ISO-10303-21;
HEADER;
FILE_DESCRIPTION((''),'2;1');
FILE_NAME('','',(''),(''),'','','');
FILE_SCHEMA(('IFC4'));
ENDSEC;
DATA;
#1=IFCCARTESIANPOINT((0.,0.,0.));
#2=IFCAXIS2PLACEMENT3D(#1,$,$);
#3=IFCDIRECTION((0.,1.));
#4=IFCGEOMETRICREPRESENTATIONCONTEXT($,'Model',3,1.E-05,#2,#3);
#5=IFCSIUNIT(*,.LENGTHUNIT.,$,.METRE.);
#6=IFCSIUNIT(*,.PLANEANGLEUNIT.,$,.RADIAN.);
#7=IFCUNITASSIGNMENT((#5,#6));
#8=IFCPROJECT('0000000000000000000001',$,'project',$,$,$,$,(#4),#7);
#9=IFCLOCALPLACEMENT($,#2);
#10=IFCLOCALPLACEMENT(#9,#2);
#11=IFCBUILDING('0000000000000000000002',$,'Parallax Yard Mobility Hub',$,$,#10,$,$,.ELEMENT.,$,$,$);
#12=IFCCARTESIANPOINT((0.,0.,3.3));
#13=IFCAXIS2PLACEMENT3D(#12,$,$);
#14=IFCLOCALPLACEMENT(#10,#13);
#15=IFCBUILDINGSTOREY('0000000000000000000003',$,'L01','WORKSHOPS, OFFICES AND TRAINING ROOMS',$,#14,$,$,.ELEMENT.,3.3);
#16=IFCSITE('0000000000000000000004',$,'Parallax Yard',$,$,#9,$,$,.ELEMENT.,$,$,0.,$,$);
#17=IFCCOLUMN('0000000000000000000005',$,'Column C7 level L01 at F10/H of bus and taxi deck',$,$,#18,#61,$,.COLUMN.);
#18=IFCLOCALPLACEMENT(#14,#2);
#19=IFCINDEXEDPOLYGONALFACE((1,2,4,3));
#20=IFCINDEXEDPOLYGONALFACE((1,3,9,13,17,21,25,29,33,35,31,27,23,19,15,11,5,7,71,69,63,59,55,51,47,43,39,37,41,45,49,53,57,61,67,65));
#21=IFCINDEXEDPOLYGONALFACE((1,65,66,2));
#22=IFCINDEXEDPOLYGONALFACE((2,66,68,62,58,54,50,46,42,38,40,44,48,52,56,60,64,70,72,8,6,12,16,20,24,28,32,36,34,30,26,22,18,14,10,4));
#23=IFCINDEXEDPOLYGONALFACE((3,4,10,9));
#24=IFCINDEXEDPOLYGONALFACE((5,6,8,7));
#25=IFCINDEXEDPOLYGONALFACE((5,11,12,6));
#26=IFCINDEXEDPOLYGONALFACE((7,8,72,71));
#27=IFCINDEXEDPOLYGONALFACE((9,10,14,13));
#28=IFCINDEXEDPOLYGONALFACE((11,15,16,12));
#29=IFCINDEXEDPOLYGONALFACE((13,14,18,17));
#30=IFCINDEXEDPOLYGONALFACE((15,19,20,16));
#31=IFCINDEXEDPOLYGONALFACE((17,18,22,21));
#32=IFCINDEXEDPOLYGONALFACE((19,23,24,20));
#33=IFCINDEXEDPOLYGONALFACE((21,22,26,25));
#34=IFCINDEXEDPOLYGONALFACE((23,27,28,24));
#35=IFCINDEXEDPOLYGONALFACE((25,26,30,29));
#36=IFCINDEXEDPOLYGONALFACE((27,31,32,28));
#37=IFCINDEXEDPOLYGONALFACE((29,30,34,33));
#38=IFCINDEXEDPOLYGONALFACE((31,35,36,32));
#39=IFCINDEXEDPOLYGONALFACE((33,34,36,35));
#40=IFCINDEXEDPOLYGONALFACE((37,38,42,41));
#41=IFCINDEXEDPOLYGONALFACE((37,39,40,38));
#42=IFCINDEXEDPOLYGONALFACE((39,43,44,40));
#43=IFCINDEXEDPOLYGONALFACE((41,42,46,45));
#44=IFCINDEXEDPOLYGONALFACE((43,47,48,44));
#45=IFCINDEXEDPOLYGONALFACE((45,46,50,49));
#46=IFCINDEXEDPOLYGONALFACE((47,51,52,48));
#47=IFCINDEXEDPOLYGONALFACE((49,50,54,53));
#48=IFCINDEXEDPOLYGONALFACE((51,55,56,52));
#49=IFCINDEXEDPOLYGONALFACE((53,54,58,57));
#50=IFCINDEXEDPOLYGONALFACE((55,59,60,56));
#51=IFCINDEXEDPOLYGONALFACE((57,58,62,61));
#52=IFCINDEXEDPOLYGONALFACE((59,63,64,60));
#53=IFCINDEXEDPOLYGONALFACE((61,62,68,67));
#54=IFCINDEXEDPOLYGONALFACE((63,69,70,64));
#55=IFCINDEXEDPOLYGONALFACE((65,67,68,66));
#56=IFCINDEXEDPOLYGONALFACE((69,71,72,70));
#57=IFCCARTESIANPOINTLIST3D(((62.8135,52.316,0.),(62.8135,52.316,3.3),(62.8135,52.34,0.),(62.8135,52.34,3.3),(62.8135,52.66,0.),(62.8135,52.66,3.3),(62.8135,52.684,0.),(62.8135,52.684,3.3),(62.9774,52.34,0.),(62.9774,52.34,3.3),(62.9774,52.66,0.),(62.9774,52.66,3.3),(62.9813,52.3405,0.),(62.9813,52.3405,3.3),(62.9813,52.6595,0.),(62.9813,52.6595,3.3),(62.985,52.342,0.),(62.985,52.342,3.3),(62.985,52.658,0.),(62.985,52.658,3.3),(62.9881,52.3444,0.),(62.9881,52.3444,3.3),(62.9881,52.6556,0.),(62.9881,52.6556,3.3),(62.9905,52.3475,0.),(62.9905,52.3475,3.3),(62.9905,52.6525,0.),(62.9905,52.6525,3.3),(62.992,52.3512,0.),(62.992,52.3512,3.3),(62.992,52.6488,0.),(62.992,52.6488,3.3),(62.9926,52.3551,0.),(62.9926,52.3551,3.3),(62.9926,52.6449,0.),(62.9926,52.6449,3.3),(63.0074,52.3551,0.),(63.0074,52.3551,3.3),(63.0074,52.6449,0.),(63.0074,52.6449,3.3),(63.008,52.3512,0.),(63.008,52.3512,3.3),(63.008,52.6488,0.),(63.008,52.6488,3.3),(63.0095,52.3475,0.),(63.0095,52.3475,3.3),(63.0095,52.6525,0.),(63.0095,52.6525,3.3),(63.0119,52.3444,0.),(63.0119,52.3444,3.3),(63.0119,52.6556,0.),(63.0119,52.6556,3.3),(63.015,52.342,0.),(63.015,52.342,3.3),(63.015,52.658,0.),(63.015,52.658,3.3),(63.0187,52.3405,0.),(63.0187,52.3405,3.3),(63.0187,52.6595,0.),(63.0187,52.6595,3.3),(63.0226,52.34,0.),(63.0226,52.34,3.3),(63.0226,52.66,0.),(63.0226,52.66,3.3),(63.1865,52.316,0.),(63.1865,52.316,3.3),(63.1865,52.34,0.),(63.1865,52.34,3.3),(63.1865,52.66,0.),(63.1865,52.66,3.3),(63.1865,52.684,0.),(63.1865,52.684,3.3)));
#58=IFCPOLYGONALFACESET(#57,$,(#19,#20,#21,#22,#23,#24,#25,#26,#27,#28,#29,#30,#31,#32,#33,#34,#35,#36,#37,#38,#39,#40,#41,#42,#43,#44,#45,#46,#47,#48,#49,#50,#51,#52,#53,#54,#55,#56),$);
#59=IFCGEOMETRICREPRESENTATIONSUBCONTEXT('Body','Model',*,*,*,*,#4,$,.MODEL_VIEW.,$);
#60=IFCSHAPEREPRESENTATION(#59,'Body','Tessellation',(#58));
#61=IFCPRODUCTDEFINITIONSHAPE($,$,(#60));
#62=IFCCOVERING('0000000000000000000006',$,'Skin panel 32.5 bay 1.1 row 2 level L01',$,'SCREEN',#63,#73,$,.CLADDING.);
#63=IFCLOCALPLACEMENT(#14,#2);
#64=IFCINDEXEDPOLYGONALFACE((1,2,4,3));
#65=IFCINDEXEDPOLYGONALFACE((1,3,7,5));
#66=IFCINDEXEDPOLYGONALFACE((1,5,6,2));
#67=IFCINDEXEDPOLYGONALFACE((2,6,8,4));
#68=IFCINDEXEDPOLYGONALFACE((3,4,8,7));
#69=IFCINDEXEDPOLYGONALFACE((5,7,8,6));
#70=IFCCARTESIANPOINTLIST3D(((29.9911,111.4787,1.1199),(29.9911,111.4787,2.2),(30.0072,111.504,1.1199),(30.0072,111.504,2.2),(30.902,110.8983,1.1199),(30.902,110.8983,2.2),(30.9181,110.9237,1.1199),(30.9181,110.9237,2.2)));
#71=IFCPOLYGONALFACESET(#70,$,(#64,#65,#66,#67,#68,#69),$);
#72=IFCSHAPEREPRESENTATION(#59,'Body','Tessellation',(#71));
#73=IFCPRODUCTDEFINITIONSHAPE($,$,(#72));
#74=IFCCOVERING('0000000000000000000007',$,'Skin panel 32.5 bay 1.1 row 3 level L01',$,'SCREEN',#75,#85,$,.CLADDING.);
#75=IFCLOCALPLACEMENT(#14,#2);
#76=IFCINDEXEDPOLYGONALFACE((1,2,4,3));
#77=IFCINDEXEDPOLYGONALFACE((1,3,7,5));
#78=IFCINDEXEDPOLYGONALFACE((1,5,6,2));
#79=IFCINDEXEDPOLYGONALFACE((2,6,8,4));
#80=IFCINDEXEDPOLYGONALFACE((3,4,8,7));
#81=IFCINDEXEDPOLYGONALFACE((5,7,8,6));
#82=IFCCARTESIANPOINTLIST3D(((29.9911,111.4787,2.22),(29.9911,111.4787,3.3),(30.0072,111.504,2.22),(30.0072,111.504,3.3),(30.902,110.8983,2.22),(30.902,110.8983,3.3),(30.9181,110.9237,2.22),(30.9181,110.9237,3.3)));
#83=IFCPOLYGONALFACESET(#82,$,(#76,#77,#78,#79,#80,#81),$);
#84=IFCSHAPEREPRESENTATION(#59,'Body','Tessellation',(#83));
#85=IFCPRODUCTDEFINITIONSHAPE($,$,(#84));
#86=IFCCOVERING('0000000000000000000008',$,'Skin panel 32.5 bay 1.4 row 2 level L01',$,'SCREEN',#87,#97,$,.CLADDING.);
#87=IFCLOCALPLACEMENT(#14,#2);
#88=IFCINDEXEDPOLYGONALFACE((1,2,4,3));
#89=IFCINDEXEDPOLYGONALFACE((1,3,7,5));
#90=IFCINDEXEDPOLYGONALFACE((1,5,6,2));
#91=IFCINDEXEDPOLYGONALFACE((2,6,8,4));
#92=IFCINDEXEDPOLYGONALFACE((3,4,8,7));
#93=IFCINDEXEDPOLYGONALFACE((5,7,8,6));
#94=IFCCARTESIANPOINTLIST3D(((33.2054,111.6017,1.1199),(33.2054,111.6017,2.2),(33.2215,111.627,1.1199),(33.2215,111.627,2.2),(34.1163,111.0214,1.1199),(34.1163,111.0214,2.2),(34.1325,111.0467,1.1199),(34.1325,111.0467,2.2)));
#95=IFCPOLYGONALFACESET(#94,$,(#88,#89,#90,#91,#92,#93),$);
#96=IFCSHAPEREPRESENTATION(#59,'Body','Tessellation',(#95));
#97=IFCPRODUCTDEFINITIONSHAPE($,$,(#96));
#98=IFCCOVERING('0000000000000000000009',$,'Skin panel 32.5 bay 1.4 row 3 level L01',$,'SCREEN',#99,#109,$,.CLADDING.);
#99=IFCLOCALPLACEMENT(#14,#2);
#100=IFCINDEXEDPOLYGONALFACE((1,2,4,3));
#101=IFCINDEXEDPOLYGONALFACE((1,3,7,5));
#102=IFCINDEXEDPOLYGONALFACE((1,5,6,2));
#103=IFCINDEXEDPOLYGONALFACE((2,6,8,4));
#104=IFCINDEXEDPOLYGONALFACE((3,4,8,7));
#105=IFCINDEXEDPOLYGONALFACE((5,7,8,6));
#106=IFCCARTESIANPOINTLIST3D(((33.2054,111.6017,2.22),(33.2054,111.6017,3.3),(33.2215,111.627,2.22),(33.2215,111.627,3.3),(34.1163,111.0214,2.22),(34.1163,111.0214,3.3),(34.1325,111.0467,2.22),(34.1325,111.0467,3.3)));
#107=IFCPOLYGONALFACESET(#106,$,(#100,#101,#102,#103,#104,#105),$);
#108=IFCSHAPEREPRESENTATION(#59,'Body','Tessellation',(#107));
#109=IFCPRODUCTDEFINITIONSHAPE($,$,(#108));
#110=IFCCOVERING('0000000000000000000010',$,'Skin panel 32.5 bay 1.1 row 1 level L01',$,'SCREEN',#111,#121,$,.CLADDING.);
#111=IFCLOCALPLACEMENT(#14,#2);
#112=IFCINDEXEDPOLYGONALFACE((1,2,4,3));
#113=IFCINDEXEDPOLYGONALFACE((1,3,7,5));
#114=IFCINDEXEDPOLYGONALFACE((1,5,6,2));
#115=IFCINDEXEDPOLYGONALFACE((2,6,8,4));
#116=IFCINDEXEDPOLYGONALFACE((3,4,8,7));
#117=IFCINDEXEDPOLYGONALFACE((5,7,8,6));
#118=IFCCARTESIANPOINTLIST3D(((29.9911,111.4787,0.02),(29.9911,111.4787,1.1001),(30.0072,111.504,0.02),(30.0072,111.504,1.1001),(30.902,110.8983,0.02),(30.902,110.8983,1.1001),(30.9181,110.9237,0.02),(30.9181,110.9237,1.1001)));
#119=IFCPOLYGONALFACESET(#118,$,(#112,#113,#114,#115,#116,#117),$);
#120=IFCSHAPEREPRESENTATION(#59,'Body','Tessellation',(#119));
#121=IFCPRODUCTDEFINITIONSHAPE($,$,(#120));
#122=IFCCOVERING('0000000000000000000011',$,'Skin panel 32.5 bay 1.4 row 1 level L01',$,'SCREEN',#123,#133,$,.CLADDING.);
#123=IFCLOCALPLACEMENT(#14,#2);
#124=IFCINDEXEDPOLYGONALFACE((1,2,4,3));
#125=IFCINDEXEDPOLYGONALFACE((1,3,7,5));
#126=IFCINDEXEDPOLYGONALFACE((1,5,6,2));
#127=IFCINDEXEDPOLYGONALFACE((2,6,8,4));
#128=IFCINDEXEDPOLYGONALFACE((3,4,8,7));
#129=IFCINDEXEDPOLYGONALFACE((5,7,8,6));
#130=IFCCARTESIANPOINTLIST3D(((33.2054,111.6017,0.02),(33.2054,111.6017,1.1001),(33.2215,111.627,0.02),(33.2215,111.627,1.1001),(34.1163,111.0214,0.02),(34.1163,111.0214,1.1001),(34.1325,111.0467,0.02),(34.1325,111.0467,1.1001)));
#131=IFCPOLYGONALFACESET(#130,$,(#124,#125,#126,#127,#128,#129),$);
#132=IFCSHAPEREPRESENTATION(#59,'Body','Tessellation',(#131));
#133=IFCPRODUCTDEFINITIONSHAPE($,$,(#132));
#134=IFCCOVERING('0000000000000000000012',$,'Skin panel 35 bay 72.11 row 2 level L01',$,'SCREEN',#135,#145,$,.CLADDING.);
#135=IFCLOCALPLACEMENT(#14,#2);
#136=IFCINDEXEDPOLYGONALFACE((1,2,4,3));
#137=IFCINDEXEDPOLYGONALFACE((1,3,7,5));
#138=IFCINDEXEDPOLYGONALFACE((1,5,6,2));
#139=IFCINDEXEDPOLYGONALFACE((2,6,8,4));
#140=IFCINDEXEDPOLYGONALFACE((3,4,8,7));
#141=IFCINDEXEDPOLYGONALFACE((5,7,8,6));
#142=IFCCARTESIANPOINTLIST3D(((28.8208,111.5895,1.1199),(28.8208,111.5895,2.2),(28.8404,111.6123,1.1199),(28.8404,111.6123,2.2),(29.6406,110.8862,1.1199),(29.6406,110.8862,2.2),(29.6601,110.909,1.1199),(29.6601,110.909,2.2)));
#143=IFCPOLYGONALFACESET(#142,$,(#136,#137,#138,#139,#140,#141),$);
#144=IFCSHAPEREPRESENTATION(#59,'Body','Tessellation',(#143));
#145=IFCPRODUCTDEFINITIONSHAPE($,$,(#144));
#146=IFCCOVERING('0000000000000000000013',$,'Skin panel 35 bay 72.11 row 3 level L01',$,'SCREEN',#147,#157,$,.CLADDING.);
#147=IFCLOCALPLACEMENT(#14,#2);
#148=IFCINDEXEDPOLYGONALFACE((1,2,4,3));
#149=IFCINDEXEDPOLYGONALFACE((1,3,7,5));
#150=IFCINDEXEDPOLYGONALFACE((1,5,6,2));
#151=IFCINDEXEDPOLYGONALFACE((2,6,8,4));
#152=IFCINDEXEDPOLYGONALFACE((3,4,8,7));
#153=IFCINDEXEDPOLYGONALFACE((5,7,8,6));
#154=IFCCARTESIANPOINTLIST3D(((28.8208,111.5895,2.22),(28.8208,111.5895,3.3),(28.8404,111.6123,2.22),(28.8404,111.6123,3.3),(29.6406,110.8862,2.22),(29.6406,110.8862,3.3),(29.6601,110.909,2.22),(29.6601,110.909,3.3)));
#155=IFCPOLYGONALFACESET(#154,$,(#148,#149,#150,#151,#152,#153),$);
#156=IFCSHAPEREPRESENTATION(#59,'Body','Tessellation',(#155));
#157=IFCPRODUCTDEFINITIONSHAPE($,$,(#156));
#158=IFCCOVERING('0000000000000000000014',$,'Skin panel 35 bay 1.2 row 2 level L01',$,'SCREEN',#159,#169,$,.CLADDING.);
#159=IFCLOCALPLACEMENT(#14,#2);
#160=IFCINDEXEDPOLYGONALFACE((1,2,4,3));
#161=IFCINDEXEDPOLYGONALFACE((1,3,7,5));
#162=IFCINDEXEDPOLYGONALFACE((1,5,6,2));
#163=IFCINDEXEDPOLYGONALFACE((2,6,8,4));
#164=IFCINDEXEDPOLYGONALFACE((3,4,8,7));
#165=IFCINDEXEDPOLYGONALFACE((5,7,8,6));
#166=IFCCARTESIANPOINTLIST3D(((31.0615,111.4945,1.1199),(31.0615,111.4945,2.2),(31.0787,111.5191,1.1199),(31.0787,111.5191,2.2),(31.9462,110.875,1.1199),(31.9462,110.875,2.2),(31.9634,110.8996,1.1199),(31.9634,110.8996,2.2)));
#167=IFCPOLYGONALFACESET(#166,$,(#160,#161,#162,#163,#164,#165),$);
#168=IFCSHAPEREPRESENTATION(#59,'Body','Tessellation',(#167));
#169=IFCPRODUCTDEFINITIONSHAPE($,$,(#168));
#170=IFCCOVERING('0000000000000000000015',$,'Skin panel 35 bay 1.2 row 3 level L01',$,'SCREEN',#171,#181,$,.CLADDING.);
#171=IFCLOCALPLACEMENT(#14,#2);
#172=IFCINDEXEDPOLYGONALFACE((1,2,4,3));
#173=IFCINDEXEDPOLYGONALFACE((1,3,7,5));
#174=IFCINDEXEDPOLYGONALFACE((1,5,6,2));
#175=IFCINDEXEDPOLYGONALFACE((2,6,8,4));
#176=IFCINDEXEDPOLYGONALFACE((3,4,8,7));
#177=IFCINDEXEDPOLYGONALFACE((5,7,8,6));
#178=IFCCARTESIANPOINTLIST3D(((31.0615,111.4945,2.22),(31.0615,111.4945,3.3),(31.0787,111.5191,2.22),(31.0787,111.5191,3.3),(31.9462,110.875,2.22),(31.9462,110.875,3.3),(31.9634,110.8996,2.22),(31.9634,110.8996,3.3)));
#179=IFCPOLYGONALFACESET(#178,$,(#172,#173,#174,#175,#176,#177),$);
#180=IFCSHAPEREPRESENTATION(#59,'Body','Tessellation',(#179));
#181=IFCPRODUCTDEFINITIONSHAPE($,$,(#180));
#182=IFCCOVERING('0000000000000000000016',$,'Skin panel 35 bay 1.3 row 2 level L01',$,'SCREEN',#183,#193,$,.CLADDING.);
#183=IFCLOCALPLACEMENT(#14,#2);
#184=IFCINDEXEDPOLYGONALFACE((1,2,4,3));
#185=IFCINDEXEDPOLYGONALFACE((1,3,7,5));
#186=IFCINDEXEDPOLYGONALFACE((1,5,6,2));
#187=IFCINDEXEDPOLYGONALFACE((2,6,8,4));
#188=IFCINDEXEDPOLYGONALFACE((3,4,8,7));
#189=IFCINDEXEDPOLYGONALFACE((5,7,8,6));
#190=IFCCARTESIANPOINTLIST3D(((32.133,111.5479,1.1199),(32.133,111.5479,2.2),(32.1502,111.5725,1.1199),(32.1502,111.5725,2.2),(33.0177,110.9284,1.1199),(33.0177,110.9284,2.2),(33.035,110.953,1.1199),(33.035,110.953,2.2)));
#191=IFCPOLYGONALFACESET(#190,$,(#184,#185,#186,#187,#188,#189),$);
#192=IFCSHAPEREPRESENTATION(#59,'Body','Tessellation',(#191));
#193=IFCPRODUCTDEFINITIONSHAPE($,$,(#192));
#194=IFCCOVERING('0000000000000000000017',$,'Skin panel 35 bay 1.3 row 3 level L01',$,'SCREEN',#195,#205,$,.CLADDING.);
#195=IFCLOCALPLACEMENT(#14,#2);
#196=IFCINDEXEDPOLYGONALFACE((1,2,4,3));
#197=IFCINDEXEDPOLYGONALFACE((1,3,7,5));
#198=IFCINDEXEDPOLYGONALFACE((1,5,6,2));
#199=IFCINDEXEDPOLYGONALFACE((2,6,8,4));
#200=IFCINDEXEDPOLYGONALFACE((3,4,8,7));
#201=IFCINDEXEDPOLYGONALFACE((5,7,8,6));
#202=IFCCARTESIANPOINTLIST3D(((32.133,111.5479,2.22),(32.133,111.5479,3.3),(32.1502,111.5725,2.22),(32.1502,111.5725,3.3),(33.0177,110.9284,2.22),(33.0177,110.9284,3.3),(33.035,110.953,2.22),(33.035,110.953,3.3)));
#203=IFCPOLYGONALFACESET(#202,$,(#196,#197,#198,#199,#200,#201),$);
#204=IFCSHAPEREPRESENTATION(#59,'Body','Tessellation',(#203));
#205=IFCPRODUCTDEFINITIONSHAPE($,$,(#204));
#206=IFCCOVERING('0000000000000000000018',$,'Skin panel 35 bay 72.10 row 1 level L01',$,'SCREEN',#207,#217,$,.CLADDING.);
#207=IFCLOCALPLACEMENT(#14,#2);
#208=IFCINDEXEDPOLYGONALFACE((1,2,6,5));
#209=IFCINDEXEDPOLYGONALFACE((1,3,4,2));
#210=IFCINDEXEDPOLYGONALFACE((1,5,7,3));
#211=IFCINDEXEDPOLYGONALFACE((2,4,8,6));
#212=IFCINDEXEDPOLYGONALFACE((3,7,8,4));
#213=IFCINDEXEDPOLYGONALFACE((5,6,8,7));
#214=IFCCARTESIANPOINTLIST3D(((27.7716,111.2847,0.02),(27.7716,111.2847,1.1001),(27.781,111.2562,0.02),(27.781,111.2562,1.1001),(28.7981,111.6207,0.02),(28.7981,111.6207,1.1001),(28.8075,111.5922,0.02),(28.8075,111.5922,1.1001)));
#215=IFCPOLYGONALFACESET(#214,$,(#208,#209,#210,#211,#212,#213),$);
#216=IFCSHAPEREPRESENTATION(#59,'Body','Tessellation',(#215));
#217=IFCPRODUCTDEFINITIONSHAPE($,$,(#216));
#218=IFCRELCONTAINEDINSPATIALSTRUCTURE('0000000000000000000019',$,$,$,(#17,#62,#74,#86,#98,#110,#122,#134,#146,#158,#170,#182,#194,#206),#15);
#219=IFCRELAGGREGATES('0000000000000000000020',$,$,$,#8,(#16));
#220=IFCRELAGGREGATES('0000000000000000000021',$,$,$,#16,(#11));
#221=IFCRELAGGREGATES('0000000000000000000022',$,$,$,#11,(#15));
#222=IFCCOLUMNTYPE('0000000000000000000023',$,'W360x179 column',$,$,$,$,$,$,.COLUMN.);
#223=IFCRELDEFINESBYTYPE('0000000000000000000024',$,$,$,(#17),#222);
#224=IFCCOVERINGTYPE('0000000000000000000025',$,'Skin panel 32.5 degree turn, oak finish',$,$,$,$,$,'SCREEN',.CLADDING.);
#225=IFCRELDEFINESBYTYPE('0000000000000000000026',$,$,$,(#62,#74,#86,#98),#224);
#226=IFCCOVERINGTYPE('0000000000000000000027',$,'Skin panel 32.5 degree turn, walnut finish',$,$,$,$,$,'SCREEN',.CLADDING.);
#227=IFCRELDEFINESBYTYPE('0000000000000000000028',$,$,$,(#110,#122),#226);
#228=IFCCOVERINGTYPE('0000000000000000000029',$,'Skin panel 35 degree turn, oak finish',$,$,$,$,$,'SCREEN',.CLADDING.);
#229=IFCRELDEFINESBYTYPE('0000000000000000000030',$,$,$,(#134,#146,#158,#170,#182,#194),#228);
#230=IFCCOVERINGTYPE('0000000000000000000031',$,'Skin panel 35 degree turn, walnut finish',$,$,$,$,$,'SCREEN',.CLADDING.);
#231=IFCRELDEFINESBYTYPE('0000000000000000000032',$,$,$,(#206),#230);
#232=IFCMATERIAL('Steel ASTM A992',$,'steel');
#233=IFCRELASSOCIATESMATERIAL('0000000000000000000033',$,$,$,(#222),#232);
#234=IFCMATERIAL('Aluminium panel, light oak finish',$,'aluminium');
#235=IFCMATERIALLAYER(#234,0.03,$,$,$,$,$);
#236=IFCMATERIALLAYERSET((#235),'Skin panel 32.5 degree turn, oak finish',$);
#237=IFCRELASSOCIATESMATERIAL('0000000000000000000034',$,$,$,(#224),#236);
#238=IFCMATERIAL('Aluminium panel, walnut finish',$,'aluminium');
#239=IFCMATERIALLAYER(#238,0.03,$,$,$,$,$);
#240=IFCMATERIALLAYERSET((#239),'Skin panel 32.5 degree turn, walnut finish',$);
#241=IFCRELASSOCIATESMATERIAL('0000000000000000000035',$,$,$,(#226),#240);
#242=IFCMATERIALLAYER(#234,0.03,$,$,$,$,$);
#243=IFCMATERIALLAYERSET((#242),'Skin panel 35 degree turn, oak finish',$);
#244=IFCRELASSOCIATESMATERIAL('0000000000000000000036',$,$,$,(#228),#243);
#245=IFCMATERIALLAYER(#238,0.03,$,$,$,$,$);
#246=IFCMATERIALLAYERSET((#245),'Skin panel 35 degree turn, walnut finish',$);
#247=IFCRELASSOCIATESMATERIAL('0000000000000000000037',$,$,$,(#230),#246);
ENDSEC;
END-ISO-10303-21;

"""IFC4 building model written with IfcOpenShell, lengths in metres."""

from ifc_helpers import new_model, si_unit, direction, frame, origin, origin_2d, place, context, subcontext, project, spatial, rectangle, i_section, extrude, material, layer, layer_set, material_profile, profile_set, type_object, element, save


model = new_model("IFC4")

# Units and contexts
model_context = context("Model", 3, precision=1e-05, world=origin(), true_north=direction((0.0, 1.0)))
body_context = subcontext(model_context, "Body", "Model", "MODEL_VIEW")
ifc_project = project(units=[si_unit("LENGTHUNIT", "METRE"), si_unit("PLANEANGLEUNIT", "RADIAN")], contexts=[model_context])

# Site, building, storey
site_placement = place(None, origin())
site = spatial("IfcSite", under=ifc_project, at=site_placement, Name="Parallax Yard", CompositionType="ELEMENT", RefElevation=0.0)
building_placement = place(site_placement, origin())
building = spatial("IfcBuilding", under=site, at=building_placement, Name="Parallax Yard Mobility Hub", CompositionType="ELEMENT")
storey_placement = place(building_placement, frame((0.0, 0.0, 3.3)))
storey = spatial("IfcBuildingStorey", under=building, at=storey_placement, Name="L01", Description="WORKSHOPS, OFFICES AND TRAINING ROOMS", CompositionType="ELEMENT", Elevation=3.3)

# Column
ifc_material_1 = material(Name="Steel ASTM A992", Category="steel")
ifc_material_profile = material_profile(ifc_material_1, i_section(OverallWidth=0.373, OverallDepth=0.3679, WebThickness=0.0149, FlangeThickness=0.0239, FilletRadius=0.0151, at=origin_2d()), Name="W360x179")
ifc_profile_set = profile_set([ifc_material_profile], Name="Steel ASTM A992")
column_type = type_object("IfcColumnType", Name="W360x179 column", PredefinedType="COLUMN", material=ifc_profile_set)
column_placement = place(storey_placement, frame((63.0, 52.5, 0.0), z_axis=(0.0, 0.0, 1.0), x_axis=(1.0, 0.0, 0.0)))
element("IfcColumn", 1, at=column_placement, inside=storey, type_object=column_type, Name="Column C7 level L01 at F10/H of bus and taxi deck", PredefinedType="COLUMN", context=body_context, shape_type="SweptSolid", body=[
    extrude(i_section(OverallWidth=0.373, OverallDepth=0.3679, WebThickness=0.0149, FlangeThickness=0.0239, FilletRadius=0.0151, at=origin_2d()), origin(), (0.0, 0.0, 1.0), 3.3),
])

# Coverings
ifc_material_2 = material(Name="Aluminium panel, light oak finish", Category="aluminium")
ifc_layer_1 = layer(ifc_material_2, 0.03)
ifc_layer_set_1 = layer_set([ifc_layer_1], Name="Skin panel 32.5 degree turn, oak finish")
covering_type_1 = type_object("IfcCoveringType", Name="Skin panel 32.5 degree turn, oak finish", ElementType="SCREEN", PredefinedType="CLADDING", material=ifc_layer_set_1)
for number, where, z_axis, x_axis, name in (
    (2, (30.4546, 111.2012, 1.1199), (0.0, 0.0, 1.0), (0.843391, -0.5373, 0.0), "Skin panel 32.5 bay 1.1 row 2 level L01"),
    (3, (30.4546, 111.2012, 2.22), (0.0, 0.0, 1.0), (0.843391, -0.5373, 0.0), "Skin panel 32.5 bay 1.1 row 3 level L01"),
    (4, (33.6689, 111.3242, 1.1199), (0.0, 0.0, 1.0), (0.843391, -0.5373, 0.0), "Skin panel 32.5 bay 1.4 row 2 level L01"),
    (5, (33.6689, 111.3242, 2.22), (0.0, 0.0, 1.0), (0.843391, -0.5373, 0.0), "Skin panel 32.5 bay 1.4 row 3 level L01"),
):
    element("IfcCovering", number, at=place(storey_placement, frame(where, z_axis=z_axis, x_axis=x_axis)), inside=storey, type_object=covering_type_1, Name=name, ObjectType="SCREEN", PredefinedType="CLADDING", context=body_context, shape_type="SweptSolid", body=[
        extrude(rectangle(XDim=1.0801, YDim=0.03, at=origin_2d()), origin(), (0.0, 0.0, 1.0), 1.0801),
    ])
ifc_material_3 = material(Name="Aluminium panel, walnut finish", Category="aluminium")
ifc_layer_2 = layer(ifc_material_3, 0.03)
ifc_layer_set_2 = layer_set([ifc_layer_2], Name="Skin panel 32.5 degree turn, walnut finish")
covering_type_2 = type_object("IfcCoveringType", Name="Skin panel 32.5 degree turn, walnut finish", ElementType="SCREEN", PredefinedType="CLADDING", material=ifc_layer_set_2)
for number, where, z_axis, x_axis, name in (
    (6, (30.4546, 111.2012, 0.02), (0.0, 0.0, 1.0), (0.843391, -0.5373, 0.0), "Skin panel 32.5 bay 1.1 row 1 level L01"),
    (7, (33.6689, 111.3242, 0.02), (0.0, 0.0, 1.0), (0.843391, -0.5373, 0.0), "Skin panel 32.5 bay 1.4 row 1 level L01"),
):
    element("IfcCovering", number, at=place(storey_placement, frame(where, z_axis=z_axis, x_axis=x_axis)), inside=storey, type_object=covering_type_2, Name=name, ObjectType="SCREEN", PredefinedType="CLADDING", context=body_context, shape_type="SweptSolid", body=[
        extrude(rectangle(XDim=1.0801, YDim=0.03, at=origin_2d()), origin(), (0.0, 0.0, 1.0), 1.0801),
    ])
ifc_layer_3 = layer(ifc_material_2, 0.03)
ifc_layer_set_3 = layer_set([ifc_layer_3], Name="Skin panel 35 degree turn, oak finish")
covering_type_3 = type_object("IfcCoveringType", Name="Skin panel 35 degree turn, oak finish", ElementType="SCREEN", PredefinedType="CLADDING", material=ifc_layer_set_3)
for number, where, z_axis, x_axis, name in (
    (8, (29.2405, 111.2493, 1.1199), (0.0, 0.0, 1.0), (0.758987, -0.651105, 0.0), "Skin panel 35 bay 72.11 row 2 level L01"),
    (9, (29.2405, 111.2493, 2.22), (0.0, 0.0, 1.0), (0.758987, -0.651105, 0.0), "Skin panel 35 bay 72.11 row 3 level L01"),
    (10, (31.5125, 111.197, 1.1199), (0.0, 0.0, 1.0), (0.819152, -0.573576, 0.0), "Skin panel 35 bay 1.2 row 2 level L01"),
    (11, (31.5125, 111.197, 2.22), (0.0, 0.0, 1.0), (0.819152, -0.573576, 0.0), "Skin panel 35 bay 1.2 row 3 level L01"),
    (12, (32.584, 111.2505, 1.1199), (0.0, 0.0, 1.0), (0.819152, -0.573576, 0.0), "Skin panel 35 bay 1.3 row 2 level L01"),
    (13, (32.584, 111.2505, 2.22), (0.0, 0.0, 1.0), (0.819152, -0.573576, 0.0), "Skin panel 35 bay 1.3 row 3 level L01"),
):
    element("IfcCovering", number, at=place(storey_placement, frame(where, z_axis=z_axis, x_axis=x_axis)), inside=storey, type_object=covering_type_3, Name=name, ObjectType="SCREEN", PredefinedType="CLADDING", context=body_context, shape_type="SweptSolid", body=[
        extrude(rectangle(XDim=1.0801, YDim=0.03, at=origin_2d()), origin(), (0.0, 0.0, 1.0), 1.0801),
    ])
ifc_layer_4 = layer(ifc_material_3, 0.03)
ifc_layer_set_4 = layer_set([ifc_layer_4], Name="Skin panel 35 degree turn, walnut finish")
covering_type_4 = type_object("IfcCoveringType", Name="Skin panel 35 degree turn, walnut finish", ElementType="SCREEN", PredefinedType="CLADDING", material=ifc_layer_set_4)
for number, where, z_axis, x_axis, name in (
    (14, (28.2896, 111.4385, 0.02), (0.0, 0.0, 1.0), (-0.95038, -0.311091, 0.0), "Skin panel 35 bay 72.10 row 1 level L01"),
):
    element("IfcCovering", number, at=place(storey_placement, frame(where, z_axis=z_axis, x_axis=x_axis)), inside=storey, type_object=covering_type_4, Name=name, ObjectType="SCREEN", PredefinedType="CLADDING", context=body_context, shape_type="SweptSolid", body=[
        extrude(rectangle(XDim=1.0801, YDim=0.03, at=origin_2d()), origin(), (0.0, 0.0, 1.0), 1.0801),
    ])

save(model, "model.ifc")
